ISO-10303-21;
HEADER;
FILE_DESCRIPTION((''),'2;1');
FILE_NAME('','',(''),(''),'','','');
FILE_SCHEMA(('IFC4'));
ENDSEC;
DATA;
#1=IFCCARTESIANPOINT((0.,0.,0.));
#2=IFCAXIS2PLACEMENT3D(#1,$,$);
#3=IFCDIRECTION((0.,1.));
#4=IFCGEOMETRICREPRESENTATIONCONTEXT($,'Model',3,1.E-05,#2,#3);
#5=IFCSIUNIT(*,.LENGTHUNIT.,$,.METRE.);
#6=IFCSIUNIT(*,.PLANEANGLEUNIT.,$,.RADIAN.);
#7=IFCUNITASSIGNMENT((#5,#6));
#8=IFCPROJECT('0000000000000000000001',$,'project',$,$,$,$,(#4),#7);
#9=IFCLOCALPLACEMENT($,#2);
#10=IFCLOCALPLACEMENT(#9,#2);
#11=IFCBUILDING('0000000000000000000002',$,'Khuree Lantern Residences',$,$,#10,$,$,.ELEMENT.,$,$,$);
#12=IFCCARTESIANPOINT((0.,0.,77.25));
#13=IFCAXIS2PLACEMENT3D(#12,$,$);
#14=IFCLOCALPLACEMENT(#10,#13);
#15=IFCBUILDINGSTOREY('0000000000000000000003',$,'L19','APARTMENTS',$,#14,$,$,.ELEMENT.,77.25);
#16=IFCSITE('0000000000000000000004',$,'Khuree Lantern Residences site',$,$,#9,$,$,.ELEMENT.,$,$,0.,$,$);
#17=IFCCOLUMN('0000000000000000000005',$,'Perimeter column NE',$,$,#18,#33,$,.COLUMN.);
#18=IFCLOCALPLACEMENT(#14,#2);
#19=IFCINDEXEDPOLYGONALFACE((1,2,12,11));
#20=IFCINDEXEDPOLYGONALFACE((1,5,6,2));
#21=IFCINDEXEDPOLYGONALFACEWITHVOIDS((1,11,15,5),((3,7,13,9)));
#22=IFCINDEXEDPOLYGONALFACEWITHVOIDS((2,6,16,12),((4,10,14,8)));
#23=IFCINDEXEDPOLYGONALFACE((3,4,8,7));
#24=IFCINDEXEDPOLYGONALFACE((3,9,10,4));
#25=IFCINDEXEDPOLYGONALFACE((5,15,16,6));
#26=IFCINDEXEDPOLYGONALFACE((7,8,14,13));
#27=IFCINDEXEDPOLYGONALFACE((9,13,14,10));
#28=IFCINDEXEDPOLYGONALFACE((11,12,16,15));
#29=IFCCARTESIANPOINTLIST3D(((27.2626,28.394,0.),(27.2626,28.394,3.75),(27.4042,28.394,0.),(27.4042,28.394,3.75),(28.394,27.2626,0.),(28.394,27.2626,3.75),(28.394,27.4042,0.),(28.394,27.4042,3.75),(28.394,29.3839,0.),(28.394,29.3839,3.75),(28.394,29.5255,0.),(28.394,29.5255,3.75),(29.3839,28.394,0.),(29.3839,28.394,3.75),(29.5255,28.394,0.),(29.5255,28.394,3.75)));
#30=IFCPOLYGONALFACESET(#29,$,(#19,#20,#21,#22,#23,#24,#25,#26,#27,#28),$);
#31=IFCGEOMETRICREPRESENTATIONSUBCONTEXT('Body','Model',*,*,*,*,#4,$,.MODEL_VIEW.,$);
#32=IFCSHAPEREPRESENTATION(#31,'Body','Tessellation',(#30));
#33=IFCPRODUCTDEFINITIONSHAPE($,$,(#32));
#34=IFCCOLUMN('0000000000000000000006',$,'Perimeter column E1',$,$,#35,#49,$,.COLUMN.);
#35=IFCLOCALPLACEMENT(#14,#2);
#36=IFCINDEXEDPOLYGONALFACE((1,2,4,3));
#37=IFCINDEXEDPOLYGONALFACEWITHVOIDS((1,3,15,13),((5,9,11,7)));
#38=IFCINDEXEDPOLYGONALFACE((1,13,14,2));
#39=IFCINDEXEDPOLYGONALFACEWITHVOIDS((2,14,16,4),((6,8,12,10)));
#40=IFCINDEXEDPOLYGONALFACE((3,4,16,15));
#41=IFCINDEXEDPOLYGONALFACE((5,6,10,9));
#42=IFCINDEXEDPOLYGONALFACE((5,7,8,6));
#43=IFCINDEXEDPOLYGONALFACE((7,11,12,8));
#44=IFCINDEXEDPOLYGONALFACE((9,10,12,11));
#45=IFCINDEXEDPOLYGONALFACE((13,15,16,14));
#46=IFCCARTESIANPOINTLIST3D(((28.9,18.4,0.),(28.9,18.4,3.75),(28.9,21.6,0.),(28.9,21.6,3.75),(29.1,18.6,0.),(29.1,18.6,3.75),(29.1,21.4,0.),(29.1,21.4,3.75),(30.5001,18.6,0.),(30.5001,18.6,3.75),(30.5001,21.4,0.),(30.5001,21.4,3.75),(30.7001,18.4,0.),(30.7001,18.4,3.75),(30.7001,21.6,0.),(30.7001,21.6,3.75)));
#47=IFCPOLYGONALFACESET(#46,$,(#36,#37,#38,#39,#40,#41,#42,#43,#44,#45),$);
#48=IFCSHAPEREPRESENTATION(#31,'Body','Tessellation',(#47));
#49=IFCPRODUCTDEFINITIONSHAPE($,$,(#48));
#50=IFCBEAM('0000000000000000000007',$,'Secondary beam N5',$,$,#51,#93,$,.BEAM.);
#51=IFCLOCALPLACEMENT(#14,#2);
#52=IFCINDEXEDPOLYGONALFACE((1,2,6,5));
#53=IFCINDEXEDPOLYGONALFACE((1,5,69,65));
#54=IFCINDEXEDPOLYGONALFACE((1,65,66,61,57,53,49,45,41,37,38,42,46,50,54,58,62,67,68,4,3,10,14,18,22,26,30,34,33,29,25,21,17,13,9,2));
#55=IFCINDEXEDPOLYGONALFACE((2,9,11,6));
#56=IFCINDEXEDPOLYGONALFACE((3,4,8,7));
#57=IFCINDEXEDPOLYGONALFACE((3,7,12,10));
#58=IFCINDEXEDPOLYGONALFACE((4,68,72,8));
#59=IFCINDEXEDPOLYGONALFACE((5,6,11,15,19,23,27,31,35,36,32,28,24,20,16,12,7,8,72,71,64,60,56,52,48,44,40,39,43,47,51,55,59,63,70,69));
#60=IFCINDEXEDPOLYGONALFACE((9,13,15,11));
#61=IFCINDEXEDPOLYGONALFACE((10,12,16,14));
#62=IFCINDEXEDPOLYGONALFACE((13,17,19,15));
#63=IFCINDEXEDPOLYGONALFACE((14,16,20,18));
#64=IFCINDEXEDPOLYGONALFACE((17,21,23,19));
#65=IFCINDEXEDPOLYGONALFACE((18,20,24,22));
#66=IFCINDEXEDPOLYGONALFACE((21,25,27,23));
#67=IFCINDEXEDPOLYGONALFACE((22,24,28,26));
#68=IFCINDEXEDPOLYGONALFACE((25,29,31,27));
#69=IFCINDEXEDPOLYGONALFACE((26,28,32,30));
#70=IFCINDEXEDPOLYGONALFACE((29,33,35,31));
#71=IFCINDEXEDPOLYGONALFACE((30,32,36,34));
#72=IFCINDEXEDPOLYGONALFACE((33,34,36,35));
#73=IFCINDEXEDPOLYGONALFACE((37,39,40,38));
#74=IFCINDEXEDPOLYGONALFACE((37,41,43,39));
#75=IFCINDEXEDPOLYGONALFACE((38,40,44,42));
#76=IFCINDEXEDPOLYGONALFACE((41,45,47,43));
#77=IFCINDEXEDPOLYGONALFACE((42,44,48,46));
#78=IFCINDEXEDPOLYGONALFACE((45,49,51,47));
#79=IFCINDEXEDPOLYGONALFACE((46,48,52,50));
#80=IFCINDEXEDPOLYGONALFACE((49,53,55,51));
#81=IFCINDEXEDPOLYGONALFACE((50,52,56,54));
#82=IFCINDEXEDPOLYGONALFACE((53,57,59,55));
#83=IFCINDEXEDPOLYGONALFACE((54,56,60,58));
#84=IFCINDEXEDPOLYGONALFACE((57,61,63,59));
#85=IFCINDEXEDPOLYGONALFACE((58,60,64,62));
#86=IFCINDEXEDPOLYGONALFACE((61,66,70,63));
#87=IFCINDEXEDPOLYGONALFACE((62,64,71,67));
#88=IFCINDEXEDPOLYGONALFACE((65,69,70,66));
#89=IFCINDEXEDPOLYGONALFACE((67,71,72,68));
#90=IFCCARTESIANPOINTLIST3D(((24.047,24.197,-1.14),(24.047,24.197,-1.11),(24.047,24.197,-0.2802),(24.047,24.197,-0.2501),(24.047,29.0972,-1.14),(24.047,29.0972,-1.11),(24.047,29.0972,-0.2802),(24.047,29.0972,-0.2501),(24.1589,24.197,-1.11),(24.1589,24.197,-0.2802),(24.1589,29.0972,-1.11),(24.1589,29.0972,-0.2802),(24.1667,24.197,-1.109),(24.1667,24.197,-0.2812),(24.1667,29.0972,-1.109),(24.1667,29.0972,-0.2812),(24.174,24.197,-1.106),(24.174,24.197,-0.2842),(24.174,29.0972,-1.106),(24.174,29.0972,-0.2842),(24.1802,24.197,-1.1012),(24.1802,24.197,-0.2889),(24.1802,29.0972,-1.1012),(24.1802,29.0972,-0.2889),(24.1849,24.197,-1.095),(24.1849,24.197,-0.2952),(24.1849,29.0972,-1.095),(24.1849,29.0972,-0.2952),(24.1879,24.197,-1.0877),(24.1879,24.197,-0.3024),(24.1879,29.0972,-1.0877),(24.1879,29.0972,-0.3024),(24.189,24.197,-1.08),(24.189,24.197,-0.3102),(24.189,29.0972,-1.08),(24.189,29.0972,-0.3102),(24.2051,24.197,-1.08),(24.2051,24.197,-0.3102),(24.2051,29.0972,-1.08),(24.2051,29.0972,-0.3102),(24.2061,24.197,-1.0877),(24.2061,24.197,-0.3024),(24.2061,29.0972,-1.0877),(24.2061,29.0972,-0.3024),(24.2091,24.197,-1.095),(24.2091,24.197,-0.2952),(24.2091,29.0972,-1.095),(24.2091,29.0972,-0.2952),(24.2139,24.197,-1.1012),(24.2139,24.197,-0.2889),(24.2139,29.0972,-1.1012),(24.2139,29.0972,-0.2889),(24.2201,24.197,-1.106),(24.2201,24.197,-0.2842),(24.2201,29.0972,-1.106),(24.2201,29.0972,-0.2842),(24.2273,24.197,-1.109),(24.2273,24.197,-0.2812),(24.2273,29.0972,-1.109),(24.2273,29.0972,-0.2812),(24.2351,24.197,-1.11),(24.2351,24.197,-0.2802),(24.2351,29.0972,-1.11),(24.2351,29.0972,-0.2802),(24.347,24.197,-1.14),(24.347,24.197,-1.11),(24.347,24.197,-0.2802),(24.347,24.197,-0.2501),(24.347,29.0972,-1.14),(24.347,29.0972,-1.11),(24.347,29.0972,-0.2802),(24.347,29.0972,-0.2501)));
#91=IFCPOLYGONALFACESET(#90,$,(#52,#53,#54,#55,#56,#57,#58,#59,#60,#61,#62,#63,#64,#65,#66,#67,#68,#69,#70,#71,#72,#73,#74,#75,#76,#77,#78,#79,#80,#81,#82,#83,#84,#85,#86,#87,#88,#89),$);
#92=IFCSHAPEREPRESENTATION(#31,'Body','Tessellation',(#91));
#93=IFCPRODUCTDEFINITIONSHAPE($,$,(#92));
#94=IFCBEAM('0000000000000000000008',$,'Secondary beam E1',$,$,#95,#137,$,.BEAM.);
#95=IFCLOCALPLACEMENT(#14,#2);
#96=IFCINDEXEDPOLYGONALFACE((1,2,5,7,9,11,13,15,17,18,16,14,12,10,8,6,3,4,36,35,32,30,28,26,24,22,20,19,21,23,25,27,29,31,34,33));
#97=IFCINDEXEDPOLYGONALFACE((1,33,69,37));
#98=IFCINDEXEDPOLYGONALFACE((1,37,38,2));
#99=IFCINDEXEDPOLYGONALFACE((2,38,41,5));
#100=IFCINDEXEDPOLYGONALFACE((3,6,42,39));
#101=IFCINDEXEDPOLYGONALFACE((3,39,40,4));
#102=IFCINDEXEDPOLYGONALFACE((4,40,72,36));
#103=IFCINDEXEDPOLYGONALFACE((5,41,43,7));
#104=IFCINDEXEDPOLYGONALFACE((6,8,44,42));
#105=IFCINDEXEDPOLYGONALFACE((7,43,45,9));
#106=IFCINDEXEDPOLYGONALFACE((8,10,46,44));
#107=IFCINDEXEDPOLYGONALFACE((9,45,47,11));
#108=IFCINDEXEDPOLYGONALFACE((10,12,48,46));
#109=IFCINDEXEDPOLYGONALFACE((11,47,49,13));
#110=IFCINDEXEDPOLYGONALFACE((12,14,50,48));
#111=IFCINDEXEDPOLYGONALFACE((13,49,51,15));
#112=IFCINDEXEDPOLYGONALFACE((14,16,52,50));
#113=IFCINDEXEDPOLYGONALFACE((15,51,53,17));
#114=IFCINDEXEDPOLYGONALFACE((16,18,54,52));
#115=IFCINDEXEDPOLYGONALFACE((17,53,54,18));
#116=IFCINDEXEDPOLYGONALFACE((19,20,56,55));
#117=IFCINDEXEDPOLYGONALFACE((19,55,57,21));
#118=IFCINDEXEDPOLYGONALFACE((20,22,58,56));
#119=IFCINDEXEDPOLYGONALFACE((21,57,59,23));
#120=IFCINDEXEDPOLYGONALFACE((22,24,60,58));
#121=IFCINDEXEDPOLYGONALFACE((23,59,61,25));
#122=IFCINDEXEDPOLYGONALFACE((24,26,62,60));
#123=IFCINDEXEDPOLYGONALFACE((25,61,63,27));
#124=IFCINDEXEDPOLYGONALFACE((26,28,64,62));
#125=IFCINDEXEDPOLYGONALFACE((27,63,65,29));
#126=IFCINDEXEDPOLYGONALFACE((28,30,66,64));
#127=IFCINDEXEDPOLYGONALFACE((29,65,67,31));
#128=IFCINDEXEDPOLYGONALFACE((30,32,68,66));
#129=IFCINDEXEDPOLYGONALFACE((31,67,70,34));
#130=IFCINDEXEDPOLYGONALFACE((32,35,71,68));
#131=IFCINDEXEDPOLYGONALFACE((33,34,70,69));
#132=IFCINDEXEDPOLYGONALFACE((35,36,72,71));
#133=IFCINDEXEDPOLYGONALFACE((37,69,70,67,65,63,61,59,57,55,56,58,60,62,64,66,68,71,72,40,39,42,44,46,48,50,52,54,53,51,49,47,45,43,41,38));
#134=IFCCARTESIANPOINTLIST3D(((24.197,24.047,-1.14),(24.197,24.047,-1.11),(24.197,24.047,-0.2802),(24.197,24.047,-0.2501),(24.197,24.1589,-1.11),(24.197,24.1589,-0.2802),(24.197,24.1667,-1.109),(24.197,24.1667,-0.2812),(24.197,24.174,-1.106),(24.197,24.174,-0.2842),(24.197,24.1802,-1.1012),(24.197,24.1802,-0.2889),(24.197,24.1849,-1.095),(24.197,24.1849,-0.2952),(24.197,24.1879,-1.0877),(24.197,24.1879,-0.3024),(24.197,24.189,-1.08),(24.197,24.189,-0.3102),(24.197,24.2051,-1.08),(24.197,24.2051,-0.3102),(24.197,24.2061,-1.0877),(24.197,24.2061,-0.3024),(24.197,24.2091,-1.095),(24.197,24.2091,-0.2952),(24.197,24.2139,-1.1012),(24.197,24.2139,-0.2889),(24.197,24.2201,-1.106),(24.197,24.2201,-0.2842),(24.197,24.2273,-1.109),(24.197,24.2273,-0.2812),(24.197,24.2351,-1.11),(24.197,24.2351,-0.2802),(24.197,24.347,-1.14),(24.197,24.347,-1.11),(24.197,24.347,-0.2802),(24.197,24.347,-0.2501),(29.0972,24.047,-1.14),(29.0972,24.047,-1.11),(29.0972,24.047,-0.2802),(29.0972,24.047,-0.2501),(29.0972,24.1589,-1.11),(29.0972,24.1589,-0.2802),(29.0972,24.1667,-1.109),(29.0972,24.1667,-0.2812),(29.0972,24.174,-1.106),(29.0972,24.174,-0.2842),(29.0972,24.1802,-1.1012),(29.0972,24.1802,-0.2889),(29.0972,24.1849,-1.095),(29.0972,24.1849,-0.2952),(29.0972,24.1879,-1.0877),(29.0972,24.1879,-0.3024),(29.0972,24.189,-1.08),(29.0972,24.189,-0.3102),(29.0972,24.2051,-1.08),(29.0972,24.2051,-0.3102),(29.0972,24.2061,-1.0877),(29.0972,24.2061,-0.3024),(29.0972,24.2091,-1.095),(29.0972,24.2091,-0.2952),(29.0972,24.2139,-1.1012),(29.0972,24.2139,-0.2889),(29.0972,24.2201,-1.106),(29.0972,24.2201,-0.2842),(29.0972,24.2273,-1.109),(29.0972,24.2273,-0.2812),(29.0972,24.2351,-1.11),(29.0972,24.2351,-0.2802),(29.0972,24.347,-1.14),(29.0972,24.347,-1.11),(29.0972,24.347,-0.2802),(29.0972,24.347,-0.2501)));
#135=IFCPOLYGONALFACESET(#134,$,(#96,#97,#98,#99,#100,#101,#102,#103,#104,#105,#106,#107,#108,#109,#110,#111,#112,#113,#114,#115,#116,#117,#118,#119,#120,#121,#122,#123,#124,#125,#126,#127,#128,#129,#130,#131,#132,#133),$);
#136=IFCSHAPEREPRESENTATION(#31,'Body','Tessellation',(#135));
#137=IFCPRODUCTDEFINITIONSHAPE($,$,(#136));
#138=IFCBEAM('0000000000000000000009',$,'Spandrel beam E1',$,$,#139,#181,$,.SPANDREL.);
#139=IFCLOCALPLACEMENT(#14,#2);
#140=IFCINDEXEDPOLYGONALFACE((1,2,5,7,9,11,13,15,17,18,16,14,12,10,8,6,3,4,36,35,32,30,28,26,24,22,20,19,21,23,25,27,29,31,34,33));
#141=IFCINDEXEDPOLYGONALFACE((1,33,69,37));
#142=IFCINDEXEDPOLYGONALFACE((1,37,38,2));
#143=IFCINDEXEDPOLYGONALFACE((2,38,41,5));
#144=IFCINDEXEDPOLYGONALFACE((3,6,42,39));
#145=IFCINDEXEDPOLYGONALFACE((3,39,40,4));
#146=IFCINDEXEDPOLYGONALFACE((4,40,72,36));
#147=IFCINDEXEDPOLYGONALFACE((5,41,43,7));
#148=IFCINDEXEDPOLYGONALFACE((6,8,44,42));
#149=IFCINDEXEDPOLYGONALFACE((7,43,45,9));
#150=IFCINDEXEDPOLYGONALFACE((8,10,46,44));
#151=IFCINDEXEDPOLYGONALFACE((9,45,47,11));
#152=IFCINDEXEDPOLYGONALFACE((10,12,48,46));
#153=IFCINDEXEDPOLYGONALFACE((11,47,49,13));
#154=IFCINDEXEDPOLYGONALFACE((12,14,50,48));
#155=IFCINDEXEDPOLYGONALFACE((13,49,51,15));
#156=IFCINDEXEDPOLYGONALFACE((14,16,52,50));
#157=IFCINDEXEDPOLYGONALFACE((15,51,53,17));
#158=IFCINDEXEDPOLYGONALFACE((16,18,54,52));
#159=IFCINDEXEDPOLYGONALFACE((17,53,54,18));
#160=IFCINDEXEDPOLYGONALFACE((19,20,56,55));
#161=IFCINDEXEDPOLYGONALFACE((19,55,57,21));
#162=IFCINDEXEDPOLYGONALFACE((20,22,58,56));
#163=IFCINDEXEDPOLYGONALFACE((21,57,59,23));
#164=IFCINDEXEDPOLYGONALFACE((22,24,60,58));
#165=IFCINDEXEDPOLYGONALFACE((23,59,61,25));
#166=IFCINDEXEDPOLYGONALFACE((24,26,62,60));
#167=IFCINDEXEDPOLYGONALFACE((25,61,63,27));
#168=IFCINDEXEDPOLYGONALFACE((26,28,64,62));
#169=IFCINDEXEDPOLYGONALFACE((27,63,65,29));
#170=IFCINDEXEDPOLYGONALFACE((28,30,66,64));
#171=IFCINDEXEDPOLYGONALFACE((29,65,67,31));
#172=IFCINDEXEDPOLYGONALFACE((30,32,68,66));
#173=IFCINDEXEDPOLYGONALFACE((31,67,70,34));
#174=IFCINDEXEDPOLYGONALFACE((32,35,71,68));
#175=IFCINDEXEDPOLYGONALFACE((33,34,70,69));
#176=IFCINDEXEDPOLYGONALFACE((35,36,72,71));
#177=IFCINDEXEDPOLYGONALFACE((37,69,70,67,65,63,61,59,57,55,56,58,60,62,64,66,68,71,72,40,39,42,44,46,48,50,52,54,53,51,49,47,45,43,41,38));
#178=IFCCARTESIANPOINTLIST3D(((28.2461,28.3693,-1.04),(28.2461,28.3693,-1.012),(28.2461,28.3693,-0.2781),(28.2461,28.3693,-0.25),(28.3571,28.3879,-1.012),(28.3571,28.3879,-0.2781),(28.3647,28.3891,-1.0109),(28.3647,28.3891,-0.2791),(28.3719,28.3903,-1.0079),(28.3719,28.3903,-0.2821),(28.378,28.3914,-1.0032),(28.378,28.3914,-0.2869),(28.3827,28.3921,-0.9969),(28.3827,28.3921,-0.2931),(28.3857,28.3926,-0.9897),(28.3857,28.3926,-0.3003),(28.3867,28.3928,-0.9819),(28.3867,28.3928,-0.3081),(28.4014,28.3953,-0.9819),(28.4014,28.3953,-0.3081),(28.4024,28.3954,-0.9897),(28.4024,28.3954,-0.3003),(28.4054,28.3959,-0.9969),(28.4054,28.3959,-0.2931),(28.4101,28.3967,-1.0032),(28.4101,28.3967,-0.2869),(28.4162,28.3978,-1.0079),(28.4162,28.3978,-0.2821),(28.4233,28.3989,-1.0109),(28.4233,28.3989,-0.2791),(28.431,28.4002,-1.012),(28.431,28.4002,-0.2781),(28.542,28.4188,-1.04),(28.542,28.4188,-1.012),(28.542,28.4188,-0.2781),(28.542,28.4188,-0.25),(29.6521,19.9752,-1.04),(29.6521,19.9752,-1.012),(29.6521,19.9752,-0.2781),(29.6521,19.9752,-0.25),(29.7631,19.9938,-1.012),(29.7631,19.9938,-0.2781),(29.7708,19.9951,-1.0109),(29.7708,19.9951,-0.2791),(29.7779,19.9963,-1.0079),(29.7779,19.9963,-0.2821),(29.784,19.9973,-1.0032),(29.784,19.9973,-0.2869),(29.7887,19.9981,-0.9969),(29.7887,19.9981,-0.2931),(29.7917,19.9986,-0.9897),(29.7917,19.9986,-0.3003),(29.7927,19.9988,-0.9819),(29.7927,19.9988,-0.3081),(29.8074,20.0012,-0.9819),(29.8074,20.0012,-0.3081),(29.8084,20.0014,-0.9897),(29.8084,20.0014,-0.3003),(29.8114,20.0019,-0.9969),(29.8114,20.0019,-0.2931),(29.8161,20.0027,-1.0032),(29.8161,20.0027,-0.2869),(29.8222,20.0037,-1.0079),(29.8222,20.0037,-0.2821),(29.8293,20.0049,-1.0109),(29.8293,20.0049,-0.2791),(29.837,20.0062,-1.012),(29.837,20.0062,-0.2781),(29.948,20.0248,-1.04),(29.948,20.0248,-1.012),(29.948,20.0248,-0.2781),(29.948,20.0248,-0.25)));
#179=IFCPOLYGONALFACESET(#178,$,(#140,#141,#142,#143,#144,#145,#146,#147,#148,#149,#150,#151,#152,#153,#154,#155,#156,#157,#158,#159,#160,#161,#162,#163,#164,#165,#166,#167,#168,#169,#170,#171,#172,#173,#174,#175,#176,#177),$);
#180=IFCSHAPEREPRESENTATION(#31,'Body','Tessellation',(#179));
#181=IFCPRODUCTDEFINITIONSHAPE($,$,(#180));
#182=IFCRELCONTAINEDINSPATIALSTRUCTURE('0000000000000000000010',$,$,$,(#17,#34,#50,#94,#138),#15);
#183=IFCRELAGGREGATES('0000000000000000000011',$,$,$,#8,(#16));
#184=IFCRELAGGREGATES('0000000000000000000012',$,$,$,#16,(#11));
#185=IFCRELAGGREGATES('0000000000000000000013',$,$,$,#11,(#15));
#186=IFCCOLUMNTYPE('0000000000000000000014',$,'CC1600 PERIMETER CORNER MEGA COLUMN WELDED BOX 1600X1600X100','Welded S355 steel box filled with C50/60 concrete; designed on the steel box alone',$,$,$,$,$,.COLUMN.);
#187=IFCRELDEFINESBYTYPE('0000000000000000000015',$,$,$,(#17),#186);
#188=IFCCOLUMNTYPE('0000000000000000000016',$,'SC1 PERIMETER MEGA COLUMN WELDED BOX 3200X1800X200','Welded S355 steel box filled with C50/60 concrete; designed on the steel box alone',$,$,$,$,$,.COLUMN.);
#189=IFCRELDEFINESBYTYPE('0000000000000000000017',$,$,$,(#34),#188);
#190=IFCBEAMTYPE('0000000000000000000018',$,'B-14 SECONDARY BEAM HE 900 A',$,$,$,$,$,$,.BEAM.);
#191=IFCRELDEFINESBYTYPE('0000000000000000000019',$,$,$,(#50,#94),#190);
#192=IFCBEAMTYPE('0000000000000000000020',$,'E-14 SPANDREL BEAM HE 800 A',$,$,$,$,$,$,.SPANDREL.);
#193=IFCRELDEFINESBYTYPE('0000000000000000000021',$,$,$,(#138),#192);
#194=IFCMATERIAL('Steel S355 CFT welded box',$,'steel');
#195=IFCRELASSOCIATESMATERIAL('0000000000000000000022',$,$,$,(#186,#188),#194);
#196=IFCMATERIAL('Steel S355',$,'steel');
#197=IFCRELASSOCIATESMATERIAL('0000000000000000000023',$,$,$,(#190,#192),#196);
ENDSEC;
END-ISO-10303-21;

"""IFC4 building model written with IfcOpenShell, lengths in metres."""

from ifc_helpers import new_model, si_unit, direction, frame, origin, origin_2d, place, context, subcontext, project, spatial, hollow_rectangle, i_section, extrude, material, material_profile, profile_set, type_object, element, save


model = new_model("IFC4")

# Units and contexts
model_context = context("Model", 3, precision=1e-05, world=origin(), true_north=direction((0.0, 1.0)))
body_context = subcontext(model_context, "Body", "Model", "MODEL_VIEW")
ifc_project = project(units=[si_unit("LENGTHUNIT", "METRE"), si_unit("PLANEANGLEUNIT", "RADIAN")], contexts=[model_context])

# Site, building, storey
site_placement = place(None, origin())
site = spatial("IfcSite", under=ifc_project, at=site_placement, Name="Khuree Lantern Residences site", CompositionType="ELEMENT", RefElevation=0.0)
building_placement = place(site_placement, origin())
building = spatial("IfcBuilding", under=site, at=building_placement, Name="Khuree Lantern Residences", CompositionType="ELEMENT")
storey_placement = place(building_placement, frame((0.0, 0.0, 77.25)))
storey = spatial("IfcBuildingStorey", under=building, at=storey_placement, Name="L19", Description="APARTMENTS", CompositionType="ELEMENT", Elevation=77.25)

# Columns
ifc_material_1 = material(Name="Steel S355 CFT welded box", Category="steel")
ifc_material_profile_1 = material_profile(ifc_material_1, hollow_rectangle(XDim=1.6001, YDim=1.6001, WallThickness=0.1001, at=origin_2d()), Name="WELDED BOX 1600X1600X100")
ifc_profile_set_1 = profile_set([ifc_material_profile_1], Name="Steel S355 CFT welded box")
column_type_1 = type_object("IfcColumnType", Name="CC1600 PERIMETER CORNER MEGA COLUMN WELDED BOX 1600X1600X100", Description="Welded S355 steel box filled with C50/60 concrete; designed on the steel box alone", PredefinedType="COLUMN", material=ifc_profile_set_1)
column_1_placement = place(storey_placement, frame((28.394, 28.394, 0.0), z_axis=(0.0, 0.0, 1.0), x_axis=(0.707107, -0.707107, 0.0)))
element("IfcColumn", 1, at=column_1_placement, inside=storey, type_object=column_type_1, Name="Perimeter column NE", PredefinedType="COLUMN", context=body_context, shape_type="SweptSolid", body=[
    extrude(hollow_rectangle(XDim=1.6001, YDim=1.6001, WallThickness=0.1001, at=origin_2d()), origin(), (0.0, 0.0, 1.0), 3.75),
])
ifc_material_profile_2 = material_profile(ifc_material_1, hollow_rectangle(XDim=3.2, YDim=1.8, WallThickness=0.2, at=origin_2d()), Name="WELDED BOX 3200X1800X200")
ifc_profile_set_2 = profile_set([ifc_material_profile_2], Name="Steel S355 CFT welded box")
column_type_2 = type_object("IfcColumnType", Name="SC1 PERIMETER MEGA COLUMN WELDED BOX 3200X1800X200", Description="Welded S355 steel box filled with C50/60 concrete; designed on the steel box alone", PredefinedType="COLUMN", material=ifc_profile_set_2)
column_2_placement = place(storey_placement, frame((29.8, 20.0, 0.0), z_axis=(0.0, 0.0, 1.0), x_axis=(0.0, 1.0, 0.0)))
element("IfcColumn", 2, at=column_2_placement, inside=storey, type_object=column_type_2, Name="Perimeter column E1", PredefinedType="COLUMN", context=body_context, shape_type="SweptSolid", body=[
    extrude(hollow_rectangle(XDim=3.2, YDim=1.8, WallThickness=0.2, at=origin_2d()), origin(), (0.0, 0.0, 1.0), 3.75),
])

# Beams
ifc_material_2 = material(Name="Steel S355", Category="steel")
ifc_material_profile_3 = material_profile(ifc_material_2, i_section(OverallWidth=0.3, OverallDepth=0.8899, WebThickness=0.0161, FlangeThickness=0.03, FilletRadius=0.03, at=origin_2d()), Name="HE 900 A")
ifc_profile_set_3 = profile_set([ifc_material_profile_3], Name="Steel S355")
beam_type_1 = type_object("IfcBeamType", Name="B-14 SECONDARY BEAM HE 900 A", PredefinedType="BEAM", material=ifc_profile_set_3)
for number, where, z_axis, x_axis, name in (
    (3, (24.197, 29.0972, -0.6951), (0.0, -1.0, 0.0), (1.0, 0.0, 0.0), "Secondary beam N5"),
    (4, (29.0972, 24.197, -0.6951), (-1.0, 0.0, 0.0), (0.0, -1.0, 0.0), "Secondary beam E1"),
):
    element("IfcBeam", number, at=place(storey_placement, frame(where, z_axis=z_axis, x_axis=x_axis)), inside=storey, type_object=beam_type_1, Name=name, PredefinedType="BEAM", context=body_context, shape_type="SweptSolid", body=[
        extrude(i_section(OverallWidth=0.3, OverallDepth=0.8899, WebThickness=0.0161, FlangeThickness=0.03, FilletRadius=0.03, at=origin_2d()), origin(), (0.0, 0.0, 1.0), 4.9001),
    ])
ifc_material_profile_4 = material_profile(ifc_material_2, i_section(OverallWidth=0.3, OverallDepth=0.79, WebThickness=0.0149, FlangeThickness=0.0281, FilletRadius=0.03, at=origin_2d()), Name="HE 800 A")
ifc_profile_set_4 = profile_set([ifc_material_profile_4], Name="Steel S355")
beam_type_2 = type_object("IfcBeamType", Name="E-14 SPANDREL BEAM HE 800 A", PredefinedType="SPANDREL", material=ifc_profile_set_4)
beam_1_placement = place(storey_placement, frame((28.394, 28.394, -0.645), z_axis=(0.165199, -0.98626, 0.0), x_axis=(0.98626, 0.165199, 0.0)))
element("IfcBeam", 5, at=beam_1_placement, inside=storey, type_object=beam_type_2, Name="Spandrel beam E1", PredefinedType="SPANDREL", context=body_context, shape_type="SweptSolid", body=[
    extrude(i_section(OverallWidth=0.3, OverallDepth=0.79, WebThickness=0.0149, FlangeThickness=0.0281, FilletRadius=0.03, at=origin_2d()), origin(), (0.0, 0.0, 1.0), 8.511),
])

save(model, "model.ifc")
